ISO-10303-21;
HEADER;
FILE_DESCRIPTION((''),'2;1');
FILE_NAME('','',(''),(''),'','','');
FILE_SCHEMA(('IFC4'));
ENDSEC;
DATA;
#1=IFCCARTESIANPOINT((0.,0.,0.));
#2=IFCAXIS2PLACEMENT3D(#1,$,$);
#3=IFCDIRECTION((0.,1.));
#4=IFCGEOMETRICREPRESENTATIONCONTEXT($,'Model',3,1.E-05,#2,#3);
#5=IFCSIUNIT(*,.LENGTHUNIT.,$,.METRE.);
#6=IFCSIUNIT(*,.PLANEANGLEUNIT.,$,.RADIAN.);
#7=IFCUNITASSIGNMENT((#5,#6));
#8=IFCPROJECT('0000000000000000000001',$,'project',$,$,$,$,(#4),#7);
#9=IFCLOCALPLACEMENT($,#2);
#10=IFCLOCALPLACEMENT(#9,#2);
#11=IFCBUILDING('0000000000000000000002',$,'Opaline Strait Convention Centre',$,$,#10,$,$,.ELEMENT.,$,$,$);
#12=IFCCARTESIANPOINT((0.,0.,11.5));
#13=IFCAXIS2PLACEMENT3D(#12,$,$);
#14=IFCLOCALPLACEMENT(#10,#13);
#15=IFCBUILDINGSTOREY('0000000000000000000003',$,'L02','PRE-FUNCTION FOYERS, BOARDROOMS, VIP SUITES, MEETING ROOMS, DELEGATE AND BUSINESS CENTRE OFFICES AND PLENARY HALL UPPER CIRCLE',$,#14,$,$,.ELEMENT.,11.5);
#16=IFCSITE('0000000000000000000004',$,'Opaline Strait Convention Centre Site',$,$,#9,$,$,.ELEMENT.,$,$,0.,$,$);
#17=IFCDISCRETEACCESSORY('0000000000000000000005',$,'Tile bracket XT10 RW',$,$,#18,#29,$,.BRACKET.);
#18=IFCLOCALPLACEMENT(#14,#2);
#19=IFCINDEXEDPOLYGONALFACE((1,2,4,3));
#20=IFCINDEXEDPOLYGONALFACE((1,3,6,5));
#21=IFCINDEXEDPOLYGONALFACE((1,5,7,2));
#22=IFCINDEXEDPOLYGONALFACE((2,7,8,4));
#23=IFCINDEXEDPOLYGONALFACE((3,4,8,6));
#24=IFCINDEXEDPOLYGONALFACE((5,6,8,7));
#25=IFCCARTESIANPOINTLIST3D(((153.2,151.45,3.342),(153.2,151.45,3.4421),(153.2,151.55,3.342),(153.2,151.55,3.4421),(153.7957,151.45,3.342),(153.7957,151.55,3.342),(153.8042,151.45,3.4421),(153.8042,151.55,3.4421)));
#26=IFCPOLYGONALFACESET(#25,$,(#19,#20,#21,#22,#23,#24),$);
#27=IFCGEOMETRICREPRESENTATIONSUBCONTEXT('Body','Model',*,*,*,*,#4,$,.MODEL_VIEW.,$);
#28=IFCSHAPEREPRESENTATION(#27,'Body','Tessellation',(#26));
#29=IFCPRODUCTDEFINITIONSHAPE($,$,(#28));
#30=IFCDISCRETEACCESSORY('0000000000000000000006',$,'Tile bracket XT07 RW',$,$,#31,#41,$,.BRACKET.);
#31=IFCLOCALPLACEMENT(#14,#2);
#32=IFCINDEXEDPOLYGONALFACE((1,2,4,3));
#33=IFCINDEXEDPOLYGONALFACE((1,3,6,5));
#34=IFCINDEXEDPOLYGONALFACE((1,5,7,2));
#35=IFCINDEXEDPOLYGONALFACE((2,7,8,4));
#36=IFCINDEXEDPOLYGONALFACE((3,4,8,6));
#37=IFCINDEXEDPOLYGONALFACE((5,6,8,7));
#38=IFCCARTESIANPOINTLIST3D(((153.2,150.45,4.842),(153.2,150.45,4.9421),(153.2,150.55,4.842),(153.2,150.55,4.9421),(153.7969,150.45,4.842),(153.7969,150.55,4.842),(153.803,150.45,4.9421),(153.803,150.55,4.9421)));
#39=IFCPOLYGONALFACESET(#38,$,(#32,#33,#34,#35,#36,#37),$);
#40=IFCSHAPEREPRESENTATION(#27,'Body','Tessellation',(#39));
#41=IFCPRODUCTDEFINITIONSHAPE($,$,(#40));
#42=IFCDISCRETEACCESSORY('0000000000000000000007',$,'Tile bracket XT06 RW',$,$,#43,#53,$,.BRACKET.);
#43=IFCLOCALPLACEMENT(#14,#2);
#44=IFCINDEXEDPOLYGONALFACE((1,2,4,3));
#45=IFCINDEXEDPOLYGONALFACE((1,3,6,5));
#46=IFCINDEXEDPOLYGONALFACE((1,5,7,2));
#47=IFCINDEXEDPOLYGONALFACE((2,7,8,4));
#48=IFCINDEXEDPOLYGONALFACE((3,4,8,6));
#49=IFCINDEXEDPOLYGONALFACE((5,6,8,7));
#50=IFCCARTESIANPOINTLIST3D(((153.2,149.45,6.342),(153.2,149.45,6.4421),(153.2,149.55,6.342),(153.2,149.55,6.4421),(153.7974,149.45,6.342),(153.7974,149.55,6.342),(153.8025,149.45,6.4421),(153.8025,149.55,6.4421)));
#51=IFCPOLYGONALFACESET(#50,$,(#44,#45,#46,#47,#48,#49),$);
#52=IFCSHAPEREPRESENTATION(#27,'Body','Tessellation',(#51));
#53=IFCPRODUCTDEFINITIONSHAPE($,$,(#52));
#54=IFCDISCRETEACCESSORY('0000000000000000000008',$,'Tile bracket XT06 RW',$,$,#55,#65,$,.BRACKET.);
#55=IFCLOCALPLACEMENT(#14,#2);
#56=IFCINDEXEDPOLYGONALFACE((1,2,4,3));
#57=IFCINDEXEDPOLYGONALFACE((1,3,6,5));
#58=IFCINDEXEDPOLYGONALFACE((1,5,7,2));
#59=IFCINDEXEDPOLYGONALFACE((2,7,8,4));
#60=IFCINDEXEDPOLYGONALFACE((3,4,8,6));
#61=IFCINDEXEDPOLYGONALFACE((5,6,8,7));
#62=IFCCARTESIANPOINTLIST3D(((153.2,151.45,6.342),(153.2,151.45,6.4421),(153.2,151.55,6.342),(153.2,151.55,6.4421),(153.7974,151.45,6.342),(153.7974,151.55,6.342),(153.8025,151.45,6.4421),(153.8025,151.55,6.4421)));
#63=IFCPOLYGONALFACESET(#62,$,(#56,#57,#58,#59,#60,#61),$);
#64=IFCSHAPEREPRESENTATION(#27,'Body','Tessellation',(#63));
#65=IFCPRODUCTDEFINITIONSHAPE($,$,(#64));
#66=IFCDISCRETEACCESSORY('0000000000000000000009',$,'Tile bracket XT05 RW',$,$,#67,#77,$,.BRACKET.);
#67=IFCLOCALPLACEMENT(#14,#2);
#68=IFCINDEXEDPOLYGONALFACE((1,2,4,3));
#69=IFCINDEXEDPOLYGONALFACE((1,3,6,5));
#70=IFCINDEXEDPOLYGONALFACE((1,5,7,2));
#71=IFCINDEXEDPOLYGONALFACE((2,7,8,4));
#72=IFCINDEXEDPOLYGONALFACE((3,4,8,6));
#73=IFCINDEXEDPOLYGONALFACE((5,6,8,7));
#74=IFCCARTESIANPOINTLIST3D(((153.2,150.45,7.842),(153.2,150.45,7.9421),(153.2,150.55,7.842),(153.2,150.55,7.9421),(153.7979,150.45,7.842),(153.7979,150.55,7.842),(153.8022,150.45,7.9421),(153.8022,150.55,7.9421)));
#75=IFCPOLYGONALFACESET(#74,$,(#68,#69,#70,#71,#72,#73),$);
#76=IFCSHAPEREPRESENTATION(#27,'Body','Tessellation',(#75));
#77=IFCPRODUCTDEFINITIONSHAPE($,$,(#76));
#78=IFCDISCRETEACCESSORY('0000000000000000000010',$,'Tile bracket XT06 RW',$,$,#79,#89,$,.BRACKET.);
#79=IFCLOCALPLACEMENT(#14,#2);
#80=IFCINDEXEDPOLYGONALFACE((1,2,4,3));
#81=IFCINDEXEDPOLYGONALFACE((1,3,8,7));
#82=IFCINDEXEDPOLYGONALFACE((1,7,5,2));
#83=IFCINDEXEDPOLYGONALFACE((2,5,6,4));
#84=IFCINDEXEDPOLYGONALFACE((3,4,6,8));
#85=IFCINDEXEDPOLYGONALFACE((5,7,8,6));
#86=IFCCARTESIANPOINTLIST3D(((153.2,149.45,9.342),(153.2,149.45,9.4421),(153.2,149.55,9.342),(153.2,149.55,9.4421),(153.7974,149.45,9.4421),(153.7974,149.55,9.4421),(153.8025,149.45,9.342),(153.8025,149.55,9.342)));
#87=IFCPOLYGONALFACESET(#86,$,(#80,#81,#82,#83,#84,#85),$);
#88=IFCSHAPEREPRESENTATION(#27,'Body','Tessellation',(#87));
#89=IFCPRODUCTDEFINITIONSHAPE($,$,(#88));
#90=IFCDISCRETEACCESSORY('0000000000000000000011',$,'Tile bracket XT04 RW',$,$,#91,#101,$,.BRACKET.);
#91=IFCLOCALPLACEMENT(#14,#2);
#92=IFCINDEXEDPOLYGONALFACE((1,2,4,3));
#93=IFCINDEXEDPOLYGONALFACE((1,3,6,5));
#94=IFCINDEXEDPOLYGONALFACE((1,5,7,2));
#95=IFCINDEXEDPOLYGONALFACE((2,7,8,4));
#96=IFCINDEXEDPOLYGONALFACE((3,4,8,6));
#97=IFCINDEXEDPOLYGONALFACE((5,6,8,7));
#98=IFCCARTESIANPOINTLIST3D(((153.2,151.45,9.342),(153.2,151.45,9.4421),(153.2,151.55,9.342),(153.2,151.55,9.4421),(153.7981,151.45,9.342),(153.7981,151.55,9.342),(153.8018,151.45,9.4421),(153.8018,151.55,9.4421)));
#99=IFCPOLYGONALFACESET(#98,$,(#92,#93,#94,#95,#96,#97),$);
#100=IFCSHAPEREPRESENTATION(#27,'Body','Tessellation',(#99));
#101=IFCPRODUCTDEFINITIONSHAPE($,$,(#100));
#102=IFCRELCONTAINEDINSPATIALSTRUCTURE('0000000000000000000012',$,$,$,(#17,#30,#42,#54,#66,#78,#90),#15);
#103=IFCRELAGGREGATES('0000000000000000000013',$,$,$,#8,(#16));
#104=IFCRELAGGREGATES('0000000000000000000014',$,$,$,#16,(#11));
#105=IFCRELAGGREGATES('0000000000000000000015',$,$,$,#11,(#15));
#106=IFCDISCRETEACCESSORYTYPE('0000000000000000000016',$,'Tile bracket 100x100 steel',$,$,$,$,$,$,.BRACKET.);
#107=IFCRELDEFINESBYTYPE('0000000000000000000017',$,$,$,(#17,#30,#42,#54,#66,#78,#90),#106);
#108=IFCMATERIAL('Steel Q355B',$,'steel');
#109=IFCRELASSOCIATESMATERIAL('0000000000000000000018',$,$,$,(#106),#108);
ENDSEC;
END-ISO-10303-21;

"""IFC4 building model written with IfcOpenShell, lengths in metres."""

from ifc_helpers import new_model, si_unit, direction, frame, origin, place, context, subcontext, project, spatial, polyline, outline, extrude, material, type_object, element, save


model = new_model("IFC4")

# Units and contexts
model_context = context("Model", 3, precision=1e-05, world=origin(), true_north=direction((0.0, 1.0)))
body_context = subcontext(model_context, "Body", "Model", "MODEL_VIEW")
ifc_project = project(units=[si_unit("LENGTHUNIT", "METRE"), si_unit("PLANEANGLEUNIT", "RADIAN")], contexts=[model_context])

# Site, building, storey
site_placement = place(None, origin())
site = spatial("IfcSite", under=ifc_project, at=site_placement, Name="Opaline Strait Convention Centre Site", CompositionType="ELEMENT", RefElevation=0.0)
building_placement = place(site_placement, origin())
building = spatial("IfcBuilding", under=site, at=building_placement, Name="Opaline Strait Convention Centre", CompositionType="ELEMENT")
storey_placement = place(building_placement, frame((0.0, 0.0, 11.5)))
storey = spatial("IfcBuildingStorey", under=building, at=storey_placement, Name="L02", Description="PRE-FUNCTION FOYERS, BOARDROOMS, VIP SUITES, MEETING ROOMS, DELEGATE AND BUSINESS CENTRE OFFICES AND PLENARY HALL UPPER CIRCLE", CompositionType="ELEMENT", Elevation=11.5)

# Shared definitions
ifc_material_1 = material(Name="Steel Q355B", Category="steel")

# Discrete accessories
discrete_accessory_type = type_object("IfcDiscreteAccessoryType", Name="Tile bracket 100x100 steel", PredefinedType="BRACKET", material=ifc_material_1)
discrete_accessory_1_placement = place(storey_placement, frame((153.2, 151.45, 3.3921), z_axis=(0.0, 1.0, 0.0), x_axis=(-1.0, 0.0, 0.0)))
element("IfcDiscreteAccessory", 1, at=discrete_accessory_1_placement, inside=storey, type_object=discrete_accessory_type, Name="Tile bracket XT10 RW", PredefinedType="BRACKET", context=body_context, shape_type="SweptSolid", body=[
    extrude(outline(polyline([(0.0, -0.05), (0.0, 0.05), (-0.6042, 0.05), (-0.5957, -0.05), (0.0, -0.05)])), origin(), (0.0, 0.0, 1.0), 0.1001),
])
discrete_accessory_2_placement = place(storey_placement, frame((153.2, 150.45, 4.8921), z_axis=(0.0, 1.0, 0.0), x_axis=(-1.0, 0.0, 0.0)))
element("IfcDiscreteAccessory", 2, at=discrete_accessory_2_placement, inside=storey, type_object=discrete_accessory_type, Name="Tile bracket XT07 RW", PredefinedType="BRACKET", context=body_context, shape_type="SweptSolid", body=[
    extrude(outline(polyline([(0.0, -0.05), (0.0, 0.05), (-0.603, 0.05), (-0.5969, -0.05), (0.0, -0.05)])), origin(), (0.0, 0.0, 1.0), 0.1001),
])
for number, where, z_axis, x_axis, name in (
    (3, (153.2, 149.45, 6.3921), (0.0, 1.0, 0.0), (-1.0, 0.0, 0.0), "Tile bracket XT06 RW"),
    (4, (153.2, 151.45, 6.3921), (0.0, 1.0, 0.0), (-1.0, 0.0, 0.0), "Tile bracket XT06 RW"),
):
    element("IfcDiscreteAccessory", number, at=place(storey_placement, frame(where, z_axis=z_axis, x_axis=x_axis)), inside=storey, type_object=discrete_accessory_type, Name=name, PredefinedType="BRACKET", context=body_context, shape_type="SweptSolid", body=[
        extrude(outline(polyline([(0.0, -0.05), (0.0, 0.05), (-0.6025, 0.05), (-0.5974, -0.05), (0.0, -0.05)])), origin(), (0.0, 0.0, 1.0), 0.1001),
    ])
discrete_accessory_3_placement = place(storey_placement, frame((153.2, 150.45, 7.8921), z_axis=(0.0, 1.0, 0.0), x_axis=(-1.0, 0.0, 0.0)))
element("IfcDiscreteAccessory", 5, at=discrete_accessory_3_placement, inside=storey, type_object=discrete_accessory_type, Name="Tile bracket XT05 RW", PredefinedType="BRACKET", context=body_context, shape_type="SweptSolid", body=[
    extrude(outline(polyline([(0.0, -0.05), (0.0, 0.05), (-0.6023, 0.05), (-0.5979, -0.05), (0.0, -0.05)])), origin(), (0.0, 0.0, 1.0), 0.1001),
])
discrete_accessory_4_placement = place(storey_placement, frame((153.2, 149.45, 9.3921), z_axis=(0.0, 1.0, 0.0), x_axis=(-1.0, 0.0, 0.0)))
element("IfcDiscreteAccessory", 6, at=discrete_accessory_4_placement, inside=storey, type_object=discrete_accessory_type, Name="Tile bracket XT06 RW", PredefinedType="BRACKET", context=body_context, shape_type="SweptSolid", body=[
    extrude(outline(polyline([(0.0, -0.05), (0.0, 0.05), (-0.5974, 0.05), (-0.6025, -0.05), (0.0, -0.05)])), origin(), (0.0, 0.0, 1.0), 0.1001),
])
discrete_accessory_5_placement = place(storey_placement, frame((153.2, 151.45, 9.3921), z_axis=(0.0, 1.0, 0.0), x_axis=(-1.0, 0.0, 0.0)))
element("IfcDiscreteAccessory", 7, at=discrete_accessory_5_placement, inside=storey, type_object=discrete_accessory_type, Name="Tile bracket XT04 RW", PredefinedType="BRACKET", context=body_context, shape_type="SweptSolid", body=[
    extrude(outline(polyline([(0.0, -0.05), (0.0, 0.05), (-0.6018, 0.05), (-0.5981, -0.05), (0.0, -0.05)])), origin(), (0.0, 0.0, 1.0), 0.1001),
])

save(model, "model.ifc")
